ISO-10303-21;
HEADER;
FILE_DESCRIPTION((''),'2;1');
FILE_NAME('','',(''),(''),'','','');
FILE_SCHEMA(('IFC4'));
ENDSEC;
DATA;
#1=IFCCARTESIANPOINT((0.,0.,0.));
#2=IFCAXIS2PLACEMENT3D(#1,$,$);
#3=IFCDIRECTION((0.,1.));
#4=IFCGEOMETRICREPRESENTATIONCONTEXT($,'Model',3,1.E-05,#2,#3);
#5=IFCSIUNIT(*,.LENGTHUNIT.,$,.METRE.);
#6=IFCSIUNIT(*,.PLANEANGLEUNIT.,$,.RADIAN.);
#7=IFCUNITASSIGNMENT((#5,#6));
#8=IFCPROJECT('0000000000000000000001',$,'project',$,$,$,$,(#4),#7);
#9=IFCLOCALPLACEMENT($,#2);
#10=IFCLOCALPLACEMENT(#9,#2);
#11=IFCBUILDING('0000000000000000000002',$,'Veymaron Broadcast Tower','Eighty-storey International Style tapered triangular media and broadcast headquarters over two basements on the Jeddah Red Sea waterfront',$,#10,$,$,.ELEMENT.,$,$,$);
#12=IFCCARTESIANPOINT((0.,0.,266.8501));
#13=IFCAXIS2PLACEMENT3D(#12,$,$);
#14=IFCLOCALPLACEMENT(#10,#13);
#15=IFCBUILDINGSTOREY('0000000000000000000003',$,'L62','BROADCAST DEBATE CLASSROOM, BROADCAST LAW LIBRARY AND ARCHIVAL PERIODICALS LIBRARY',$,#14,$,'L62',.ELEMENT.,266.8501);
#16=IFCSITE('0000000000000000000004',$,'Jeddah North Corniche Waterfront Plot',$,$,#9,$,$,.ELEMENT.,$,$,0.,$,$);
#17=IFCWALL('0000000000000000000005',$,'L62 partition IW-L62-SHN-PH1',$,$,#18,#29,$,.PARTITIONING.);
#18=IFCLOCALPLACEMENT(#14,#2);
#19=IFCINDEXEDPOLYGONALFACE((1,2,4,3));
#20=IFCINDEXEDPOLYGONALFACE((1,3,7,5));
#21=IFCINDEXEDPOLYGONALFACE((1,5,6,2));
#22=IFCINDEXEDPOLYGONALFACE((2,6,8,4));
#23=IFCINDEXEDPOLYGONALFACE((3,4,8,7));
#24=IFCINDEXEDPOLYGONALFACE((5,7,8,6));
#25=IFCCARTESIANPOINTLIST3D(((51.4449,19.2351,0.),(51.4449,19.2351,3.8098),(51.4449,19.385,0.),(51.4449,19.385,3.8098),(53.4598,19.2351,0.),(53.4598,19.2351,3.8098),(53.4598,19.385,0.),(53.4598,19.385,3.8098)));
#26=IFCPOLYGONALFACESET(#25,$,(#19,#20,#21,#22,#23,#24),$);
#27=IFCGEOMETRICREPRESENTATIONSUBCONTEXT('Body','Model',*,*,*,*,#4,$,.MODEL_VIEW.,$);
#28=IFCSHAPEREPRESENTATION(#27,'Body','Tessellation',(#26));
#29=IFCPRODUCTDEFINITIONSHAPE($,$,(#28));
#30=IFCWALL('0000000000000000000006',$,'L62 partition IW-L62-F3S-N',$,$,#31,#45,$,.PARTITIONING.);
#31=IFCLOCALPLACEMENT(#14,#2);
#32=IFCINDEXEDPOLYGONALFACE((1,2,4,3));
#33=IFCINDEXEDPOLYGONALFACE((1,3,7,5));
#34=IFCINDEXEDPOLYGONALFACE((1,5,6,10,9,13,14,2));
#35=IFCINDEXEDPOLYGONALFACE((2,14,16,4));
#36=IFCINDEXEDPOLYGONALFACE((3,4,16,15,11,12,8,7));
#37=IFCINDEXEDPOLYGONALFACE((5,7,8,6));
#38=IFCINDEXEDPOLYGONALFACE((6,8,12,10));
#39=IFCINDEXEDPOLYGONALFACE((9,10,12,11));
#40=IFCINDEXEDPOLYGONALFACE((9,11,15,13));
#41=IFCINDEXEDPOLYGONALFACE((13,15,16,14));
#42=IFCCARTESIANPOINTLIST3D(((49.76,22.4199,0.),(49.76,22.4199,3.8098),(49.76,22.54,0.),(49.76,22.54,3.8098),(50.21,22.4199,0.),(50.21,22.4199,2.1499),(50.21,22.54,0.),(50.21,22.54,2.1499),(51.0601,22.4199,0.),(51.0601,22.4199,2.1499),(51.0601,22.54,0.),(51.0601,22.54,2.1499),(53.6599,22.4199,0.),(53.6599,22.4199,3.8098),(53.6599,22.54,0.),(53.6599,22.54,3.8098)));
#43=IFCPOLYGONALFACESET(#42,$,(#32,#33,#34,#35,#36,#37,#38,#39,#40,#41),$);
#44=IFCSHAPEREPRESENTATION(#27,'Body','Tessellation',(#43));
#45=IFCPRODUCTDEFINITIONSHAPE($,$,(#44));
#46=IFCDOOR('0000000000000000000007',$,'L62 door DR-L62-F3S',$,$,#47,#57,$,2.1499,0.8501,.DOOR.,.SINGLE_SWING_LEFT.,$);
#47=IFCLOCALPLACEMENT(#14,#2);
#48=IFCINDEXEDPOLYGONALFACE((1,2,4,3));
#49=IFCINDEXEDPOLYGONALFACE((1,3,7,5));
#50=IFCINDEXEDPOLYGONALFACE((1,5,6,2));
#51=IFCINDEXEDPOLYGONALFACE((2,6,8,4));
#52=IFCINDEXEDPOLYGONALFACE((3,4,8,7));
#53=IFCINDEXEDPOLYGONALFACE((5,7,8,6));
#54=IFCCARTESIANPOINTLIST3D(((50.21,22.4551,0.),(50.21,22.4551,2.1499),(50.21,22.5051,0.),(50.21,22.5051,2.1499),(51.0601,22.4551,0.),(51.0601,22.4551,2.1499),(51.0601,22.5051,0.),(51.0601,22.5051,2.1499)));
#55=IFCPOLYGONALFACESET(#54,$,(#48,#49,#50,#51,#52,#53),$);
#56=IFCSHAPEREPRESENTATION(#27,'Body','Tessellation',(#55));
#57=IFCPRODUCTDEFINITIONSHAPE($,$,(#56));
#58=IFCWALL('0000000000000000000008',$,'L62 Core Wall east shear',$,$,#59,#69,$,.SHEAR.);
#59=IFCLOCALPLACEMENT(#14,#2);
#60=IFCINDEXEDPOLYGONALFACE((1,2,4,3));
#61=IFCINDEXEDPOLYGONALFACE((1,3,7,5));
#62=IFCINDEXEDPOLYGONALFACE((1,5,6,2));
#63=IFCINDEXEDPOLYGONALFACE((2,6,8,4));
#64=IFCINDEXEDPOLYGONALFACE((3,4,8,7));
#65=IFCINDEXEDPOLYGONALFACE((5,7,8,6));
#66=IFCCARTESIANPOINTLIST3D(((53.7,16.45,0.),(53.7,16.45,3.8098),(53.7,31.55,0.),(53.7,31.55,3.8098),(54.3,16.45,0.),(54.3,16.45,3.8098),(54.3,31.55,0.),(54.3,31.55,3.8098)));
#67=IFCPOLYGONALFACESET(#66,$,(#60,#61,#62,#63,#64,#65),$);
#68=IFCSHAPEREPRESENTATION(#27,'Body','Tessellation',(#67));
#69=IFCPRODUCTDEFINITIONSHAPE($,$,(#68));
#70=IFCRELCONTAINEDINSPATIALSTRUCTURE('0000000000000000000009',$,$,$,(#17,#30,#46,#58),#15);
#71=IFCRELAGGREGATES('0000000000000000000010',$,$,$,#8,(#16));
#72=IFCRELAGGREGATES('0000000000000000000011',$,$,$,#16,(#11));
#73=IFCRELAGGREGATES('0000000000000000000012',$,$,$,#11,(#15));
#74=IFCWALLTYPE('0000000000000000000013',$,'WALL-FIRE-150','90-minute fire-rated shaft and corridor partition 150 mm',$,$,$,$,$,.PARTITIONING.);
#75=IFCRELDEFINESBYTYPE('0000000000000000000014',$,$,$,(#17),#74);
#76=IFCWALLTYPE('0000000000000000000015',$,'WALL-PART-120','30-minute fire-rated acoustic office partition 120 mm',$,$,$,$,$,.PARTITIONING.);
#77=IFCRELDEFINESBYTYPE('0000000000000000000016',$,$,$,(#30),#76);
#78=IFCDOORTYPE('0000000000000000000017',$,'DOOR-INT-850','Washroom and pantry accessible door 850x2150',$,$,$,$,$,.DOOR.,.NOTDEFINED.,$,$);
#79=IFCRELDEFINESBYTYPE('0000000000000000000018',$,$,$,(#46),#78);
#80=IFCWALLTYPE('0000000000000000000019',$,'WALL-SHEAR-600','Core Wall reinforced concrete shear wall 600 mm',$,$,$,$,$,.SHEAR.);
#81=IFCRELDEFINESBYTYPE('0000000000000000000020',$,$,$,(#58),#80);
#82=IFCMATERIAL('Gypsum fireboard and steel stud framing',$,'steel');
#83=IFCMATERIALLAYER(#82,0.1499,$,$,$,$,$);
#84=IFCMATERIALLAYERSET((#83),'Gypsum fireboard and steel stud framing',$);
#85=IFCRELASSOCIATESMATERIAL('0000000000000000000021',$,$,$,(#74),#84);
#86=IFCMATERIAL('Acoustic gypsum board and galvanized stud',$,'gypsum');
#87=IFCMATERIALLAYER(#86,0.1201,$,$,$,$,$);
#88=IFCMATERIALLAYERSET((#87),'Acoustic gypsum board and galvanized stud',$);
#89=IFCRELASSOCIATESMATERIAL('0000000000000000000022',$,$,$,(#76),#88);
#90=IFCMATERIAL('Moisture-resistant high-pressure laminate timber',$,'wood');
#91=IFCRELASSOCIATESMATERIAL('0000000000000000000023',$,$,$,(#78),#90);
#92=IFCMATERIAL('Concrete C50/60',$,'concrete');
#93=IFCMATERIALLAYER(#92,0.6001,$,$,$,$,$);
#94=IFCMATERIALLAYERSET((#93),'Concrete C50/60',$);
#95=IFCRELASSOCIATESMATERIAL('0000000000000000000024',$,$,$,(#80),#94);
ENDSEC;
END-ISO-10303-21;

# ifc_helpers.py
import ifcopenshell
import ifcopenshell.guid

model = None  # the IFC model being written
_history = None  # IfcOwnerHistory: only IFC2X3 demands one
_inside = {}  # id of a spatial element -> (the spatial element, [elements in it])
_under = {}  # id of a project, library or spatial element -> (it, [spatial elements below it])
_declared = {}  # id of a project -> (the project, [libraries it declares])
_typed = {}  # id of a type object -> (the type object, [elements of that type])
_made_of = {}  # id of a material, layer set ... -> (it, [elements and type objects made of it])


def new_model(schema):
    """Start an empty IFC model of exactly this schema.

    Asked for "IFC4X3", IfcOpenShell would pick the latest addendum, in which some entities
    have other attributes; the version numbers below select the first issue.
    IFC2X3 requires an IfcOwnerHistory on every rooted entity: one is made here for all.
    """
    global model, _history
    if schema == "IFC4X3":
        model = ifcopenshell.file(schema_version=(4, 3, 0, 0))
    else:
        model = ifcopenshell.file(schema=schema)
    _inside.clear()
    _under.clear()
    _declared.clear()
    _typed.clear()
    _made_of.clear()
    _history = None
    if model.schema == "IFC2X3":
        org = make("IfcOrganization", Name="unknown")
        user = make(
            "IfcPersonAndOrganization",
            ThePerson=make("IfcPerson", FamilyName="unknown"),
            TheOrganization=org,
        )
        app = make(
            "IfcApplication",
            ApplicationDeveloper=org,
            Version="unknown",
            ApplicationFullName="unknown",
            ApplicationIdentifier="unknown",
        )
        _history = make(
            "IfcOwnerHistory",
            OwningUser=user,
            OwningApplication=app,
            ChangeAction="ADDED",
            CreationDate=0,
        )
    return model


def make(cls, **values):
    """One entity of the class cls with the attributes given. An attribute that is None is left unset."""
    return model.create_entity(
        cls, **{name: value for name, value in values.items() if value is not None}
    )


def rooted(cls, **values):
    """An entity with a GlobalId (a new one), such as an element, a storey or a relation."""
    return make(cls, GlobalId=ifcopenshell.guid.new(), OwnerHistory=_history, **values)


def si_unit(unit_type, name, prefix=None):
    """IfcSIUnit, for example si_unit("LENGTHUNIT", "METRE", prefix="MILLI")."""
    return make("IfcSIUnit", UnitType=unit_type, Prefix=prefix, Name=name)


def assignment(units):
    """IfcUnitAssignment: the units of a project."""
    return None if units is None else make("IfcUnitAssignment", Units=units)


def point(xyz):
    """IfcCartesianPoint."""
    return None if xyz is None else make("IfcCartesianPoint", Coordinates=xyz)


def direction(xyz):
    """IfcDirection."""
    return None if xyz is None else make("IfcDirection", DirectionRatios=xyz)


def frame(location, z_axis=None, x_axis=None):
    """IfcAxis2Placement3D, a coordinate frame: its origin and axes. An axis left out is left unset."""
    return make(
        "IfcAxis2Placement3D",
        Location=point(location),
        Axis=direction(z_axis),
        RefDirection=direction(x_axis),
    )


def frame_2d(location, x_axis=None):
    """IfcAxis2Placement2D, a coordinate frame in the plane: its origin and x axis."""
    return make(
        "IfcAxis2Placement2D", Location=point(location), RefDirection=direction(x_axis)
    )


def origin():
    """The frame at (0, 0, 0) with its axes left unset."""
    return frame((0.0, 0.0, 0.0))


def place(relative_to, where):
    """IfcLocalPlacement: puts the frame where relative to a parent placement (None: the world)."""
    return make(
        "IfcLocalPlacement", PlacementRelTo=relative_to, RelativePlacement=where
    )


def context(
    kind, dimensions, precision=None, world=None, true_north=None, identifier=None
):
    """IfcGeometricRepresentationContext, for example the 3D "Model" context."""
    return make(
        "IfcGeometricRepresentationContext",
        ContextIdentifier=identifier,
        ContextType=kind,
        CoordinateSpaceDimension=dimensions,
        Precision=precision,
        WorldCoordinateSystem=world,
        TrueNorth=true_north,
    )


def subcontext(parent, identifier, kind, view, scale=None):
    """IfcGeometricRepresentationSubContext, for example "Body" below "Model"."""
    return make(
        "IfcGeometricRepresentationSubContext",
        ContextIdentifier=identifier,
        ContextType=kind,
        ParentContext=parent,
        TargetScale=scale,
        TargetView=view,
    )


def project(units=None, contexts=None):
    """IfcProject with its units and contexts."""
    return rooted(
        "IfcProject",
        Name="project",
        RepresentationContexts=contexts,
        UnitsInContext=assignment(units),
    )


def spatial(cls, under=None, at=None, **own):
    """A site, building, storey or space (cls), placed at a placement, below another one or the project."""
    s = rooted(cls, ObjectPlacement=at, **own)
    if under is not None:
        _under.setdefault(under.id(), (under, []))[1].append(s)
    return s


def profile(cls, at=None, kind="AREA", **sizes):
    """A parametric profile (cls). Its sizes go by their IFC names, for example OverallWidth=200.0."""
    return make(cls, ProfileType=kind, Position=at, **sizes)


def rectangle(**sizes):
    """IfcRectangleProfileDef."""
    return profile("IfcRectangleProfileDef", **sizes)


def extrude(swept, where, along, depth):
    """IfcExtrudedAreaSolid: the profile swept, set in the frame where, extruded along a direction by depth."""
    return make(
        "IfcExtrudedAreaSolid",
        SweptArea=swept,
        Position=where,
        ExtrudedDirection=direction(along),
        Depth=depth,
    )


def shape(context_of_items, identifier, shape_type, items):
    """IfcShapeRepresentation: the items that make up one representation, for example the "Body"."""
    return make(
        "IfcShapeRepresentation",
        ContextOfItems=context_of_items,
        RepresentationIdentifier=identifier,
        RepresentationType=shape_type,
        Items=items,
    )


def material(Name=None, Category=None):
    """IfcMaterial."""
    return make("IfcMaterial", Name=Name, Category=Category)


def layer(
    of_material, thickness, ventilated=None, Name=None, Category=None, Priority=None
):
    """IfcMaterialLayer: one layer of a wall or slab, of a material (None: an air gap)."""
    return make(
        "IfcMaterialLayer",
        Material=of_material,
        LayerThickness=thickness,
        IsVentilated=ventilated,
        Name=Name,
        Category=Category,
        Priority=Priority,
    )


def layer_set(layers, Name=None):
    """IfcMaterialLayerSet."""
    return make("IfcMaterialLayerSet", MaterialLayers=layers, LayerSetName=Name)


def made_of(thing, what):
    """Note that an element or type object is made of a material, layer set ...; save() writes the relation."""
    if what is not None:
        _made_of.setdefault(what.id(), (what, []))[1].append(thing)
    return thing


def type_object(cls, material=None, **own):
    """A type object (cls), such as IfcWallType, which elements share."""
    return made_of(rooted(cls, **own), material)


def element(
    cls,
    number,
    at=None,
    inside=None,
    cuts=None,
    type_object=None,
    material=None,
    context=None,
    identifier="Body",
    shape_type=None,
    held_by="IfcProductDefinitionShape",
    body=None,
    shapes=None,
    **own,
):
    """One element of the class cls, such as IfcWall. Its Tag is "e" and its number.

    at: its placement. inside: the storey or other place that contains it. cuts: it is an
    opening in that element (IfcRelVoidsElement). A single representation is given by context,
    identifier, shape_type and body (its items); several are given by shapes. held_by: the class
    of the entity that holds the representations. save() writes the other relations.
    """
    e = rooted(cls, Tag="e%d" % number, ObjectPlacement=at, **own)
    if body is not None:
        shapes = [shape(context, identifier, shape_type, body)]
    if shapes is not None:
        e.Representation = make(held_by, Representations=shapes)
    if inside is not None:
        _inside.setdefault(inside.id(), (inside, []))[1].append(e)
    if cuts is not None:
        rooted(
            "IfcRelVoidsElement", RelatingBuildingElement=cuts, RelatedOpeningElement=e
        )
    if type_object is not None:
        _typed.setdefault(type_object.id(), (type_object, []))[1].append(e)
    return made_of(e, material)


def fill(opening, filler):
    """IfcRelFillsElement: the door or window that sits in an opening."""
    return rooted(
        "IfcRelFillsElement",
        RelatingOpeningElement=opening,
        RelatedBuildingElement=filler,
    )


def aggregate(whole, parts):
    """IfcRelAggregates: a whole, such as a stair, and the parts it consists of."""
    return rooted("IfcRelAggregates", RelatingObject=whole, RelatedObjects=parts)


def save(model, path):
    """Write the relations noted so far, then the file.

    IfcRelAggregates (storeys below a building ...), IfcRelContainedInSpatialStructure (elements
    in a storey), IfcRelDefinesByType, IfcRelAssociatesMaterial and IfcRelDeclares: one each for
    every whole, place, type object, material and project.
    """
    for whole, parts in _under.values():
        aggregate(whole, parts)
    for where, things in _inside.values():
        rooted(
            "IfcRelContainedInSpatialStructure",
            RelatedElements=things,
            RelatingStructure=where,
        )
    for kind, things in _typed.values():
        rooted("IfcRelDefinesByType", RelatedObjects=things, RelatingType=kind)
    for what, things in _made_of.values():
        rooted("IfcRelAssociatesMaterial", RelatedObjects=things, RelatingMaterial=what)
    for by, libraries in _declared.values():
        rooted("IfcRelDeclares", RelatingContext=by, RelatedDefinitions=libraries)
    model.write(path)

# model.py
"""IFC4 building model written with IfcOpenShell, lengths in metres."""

from ifc_helpers import new_model, si_unit, direction, frame, frame_2d, origin, place, context, subcontext, project, spatial, rectangle, extrude, material, layer, layer_set, type_object, element, fill, save


model = new_model("IFC4")

# Units and contexts
model_context = context("Model", 3, precision=1e-05, world=origin(), true_north=direction((0.0, 1.0)))
body_context = subcontext(model_context, "Body", "Model", "MODEL_VIEW")
ifc_project = project(units=[si_unit("LENGTHUNIT", "METRE"), si_unit("PLANEANGLEUNIT", "RADIAN")], contexts=[model_context])

# Site, building, storey
site_placement = place(None, origin())
site = spatial("IfcSite", under=ifc_project, at=site_placement, Name="Jeddah North Corniche Waterfront Plot", CompositionType="ELEMENT", RefElevation=0.0)
building_placement = place(site_placement, origin())
building = spatial("IfcBuilding", under=site, at=building_placement, Name="Veymaron Broadcast Tower", Description="Eighty-storey International Style tapered triangular media and broadcast headquarters over two basements on the Jeddah Red Sea waterfront", CompositionType="ELEMENT")
storey_placement = place(building_placement, frame((0.0, 0.0, 266.8501)))
storey = spatial("IfcBuildingStorey", under=building, at=storey_placement, Name="L62", Description="BROADCAST DEBATE CLASSROOM, BROADCAST LAW LIBRARY AND ARCHIVAL PERIODICALS LIBRARY", LongName="L62", CompositionType="ELEMENT", Elevation=266.8501)

# Shared definitions
ifc_material_1 = material(Name="Gypsum fireboard and steel stud framing", Category="steel")
ifc_layer_1 = layer(ifc_material_1, 0.1499)
ifc_layer_set_1 = layer_set([ifc_layer_1], Name="Gypsum fireboard and steel stud framing")
wall_type_1 = type_object("IfcWallType", Name="WALL-FIRE-150", Description="90-minute fire-rated shaft and corridor partition 150 mm", PredefinedType="PARTITIONING", material=ifc_layer_set_1)

# Wall
for number, where, z_axis, x_axis, name in (
    (1, (51.4451, 19.3101, 0.0), (0.0, 0.0, 1.0), (1.0, 0.0, 0.0), "L62 partition IW-L62-SHN-PH1"),
):
    element("IfcWall", number, at=place(storey_placement, frame(where, z_axis=z_axis, x_axis=x_axis)), inside=storey, type_object=wall_type_1, Name=name, PredefinedType="PARTITIONING", context=body_context, shape_type="SweptSolid", body=[
        extrude(rectangle(XDim=2.0149, YDim=0.1499, at=frame_2d((1.0073, 0.0))), origin(), (0.0, 0.0, 1.0), 3.8098),
    ])

# Wall, opening, door
ifc_material_2 = material(Name="Acoustic gypsum board and galvanized stud", Category="gypsum")
ifc_layer_2 = layer(ifc_material_2, 0.1201)
ifc_layer_set_2 = layer_set([ifc_layer_2], Name="Acoustic gypsum board and galvanized stud")
wall_type_2 = type_object("IfcWallType", Name="WALL-PART-120", Description="30-minute fire-rated acoustic office partition 120 mm", PredefinedType="PARTITIONING", material=ifc_layer_set_2)
wall_1_placement = place(storey_placement, frame((49.76, 22.48, 0.0), z_axis=(0.0, 0.0, 1.0), x_axis=(1.0, 0.0, 0.0)))
wall_1 = element("IfcWall", 2, at=wall_1_placement, inside=storey, type_object=wall_type_2, Name="L62 partition IW-L62-F3S-N", PredefinedType="PARTITIONING", context=body_context, shape_type="SweptSolid", body=[
    extrude(rectangle(XDim=3.8999, YDim=0.1201, at=frame_2d((1.95, 0.0))), origin(), (0.0, 0.0, 1.0), 3.8098),
])
opening_1_placement = place(wall_1_placement, frame((0.45, 0.0, 0.0)))
opening_1 = element("IfcOpeningElement", 3, at=opening_1_placement, cuts=wall_1, PredefinedType="OPENING", context=body_context, shape_type="SweptSolid", body=[
    extrude(rectangle(XDim=0.8501, YDim=2.1499, at=frame_2d((0.425, 1.075))), frame((0.0, 0.0701, 0.0), z_axis=(0.0, -1.0, 0.0), x_axis=(1.0, 0.0, 0.0)), (0.0, 0.0, 1.0), 0.1401),
])
ifc_material_3 = material(Name="Moisture-resistant high-pressure laminate timber", Category="wood")
door_type_1 = type_object("IfcDoorType", Name="DOOR-INT-850", Description="Washroom and pantry accessible door 850x2150", OperationType="NOTDEFINED", PredefinedType="DOOR", material=ifc_material_3)
door_1_placement = place(opening_1_placement, frame((0.8501, 0.0, 0.0), z_axis=(0.0, 0.0, 1.0), x_axis=(-1.0, 0.0, 0.0)))
door_1 = element("IfcDoor", 4, at=door_1_placement, inside=storey, type_object=door_type_1, Name="L62 door DR-L62-F3S", OperationType="SINGLE_SWING_LEFT", OverallHeight=2.1499, OverallWidth=0.8501, PredefinedType="DOOR", context=body_context, shape_type="SweptSolid", body=[
    extrude(rectangle(XDim=0.8501, YDim=2.1499, at=frame_2d((0.425, 1.075))), frame((0.0, 0.0249, 0.0), z_axis=(0.0, -1.0, 0.0), x_axis=(1.0, 0.0, 0.0)), (0.0, 0.0, 1.0), 0.05),
])
fill(opening_1, door_1)

# Wall
ifc_material_4 = material(Name="Concrete C50/60", Category="concrete")
ifc_layer_3 = layer(ifc_material_4, 0.6001)
ifc_layer_set_3 = layer_set([ifc_layer_3], Name="Concrete C50/60")
wall_type_3 = type_object("IfcWallType", Name="WALL-SHEAR-600", Description="Core Wall reinforced concrete shear wall 600 mm", PredefinedType="SHEAR", material=ifc_layer_set_3)
wall_2_placement = place(storey_placement, frame((54.0, 16.45, 0.0), z_axis=(0.0, 0.0, 1.0), x_axis=(0.0, 1.0, 0.0)))
element("IfcWall", 5, at=wall_2_placement, inside=storey, type_object=wall_type_3, Name="L62 Core Wall east shear", PredefinedType="SHEAR", context=body_context, shape_type="SweptSolid", body=[
    extrude(rectangle(XDim=15.1001, YDim=0.6001, at=frame_2d((7.55, 0.0))), origin(), (0.0, 0.0, 1.0), 3.8098),
])

save(model, "model.ifc")
